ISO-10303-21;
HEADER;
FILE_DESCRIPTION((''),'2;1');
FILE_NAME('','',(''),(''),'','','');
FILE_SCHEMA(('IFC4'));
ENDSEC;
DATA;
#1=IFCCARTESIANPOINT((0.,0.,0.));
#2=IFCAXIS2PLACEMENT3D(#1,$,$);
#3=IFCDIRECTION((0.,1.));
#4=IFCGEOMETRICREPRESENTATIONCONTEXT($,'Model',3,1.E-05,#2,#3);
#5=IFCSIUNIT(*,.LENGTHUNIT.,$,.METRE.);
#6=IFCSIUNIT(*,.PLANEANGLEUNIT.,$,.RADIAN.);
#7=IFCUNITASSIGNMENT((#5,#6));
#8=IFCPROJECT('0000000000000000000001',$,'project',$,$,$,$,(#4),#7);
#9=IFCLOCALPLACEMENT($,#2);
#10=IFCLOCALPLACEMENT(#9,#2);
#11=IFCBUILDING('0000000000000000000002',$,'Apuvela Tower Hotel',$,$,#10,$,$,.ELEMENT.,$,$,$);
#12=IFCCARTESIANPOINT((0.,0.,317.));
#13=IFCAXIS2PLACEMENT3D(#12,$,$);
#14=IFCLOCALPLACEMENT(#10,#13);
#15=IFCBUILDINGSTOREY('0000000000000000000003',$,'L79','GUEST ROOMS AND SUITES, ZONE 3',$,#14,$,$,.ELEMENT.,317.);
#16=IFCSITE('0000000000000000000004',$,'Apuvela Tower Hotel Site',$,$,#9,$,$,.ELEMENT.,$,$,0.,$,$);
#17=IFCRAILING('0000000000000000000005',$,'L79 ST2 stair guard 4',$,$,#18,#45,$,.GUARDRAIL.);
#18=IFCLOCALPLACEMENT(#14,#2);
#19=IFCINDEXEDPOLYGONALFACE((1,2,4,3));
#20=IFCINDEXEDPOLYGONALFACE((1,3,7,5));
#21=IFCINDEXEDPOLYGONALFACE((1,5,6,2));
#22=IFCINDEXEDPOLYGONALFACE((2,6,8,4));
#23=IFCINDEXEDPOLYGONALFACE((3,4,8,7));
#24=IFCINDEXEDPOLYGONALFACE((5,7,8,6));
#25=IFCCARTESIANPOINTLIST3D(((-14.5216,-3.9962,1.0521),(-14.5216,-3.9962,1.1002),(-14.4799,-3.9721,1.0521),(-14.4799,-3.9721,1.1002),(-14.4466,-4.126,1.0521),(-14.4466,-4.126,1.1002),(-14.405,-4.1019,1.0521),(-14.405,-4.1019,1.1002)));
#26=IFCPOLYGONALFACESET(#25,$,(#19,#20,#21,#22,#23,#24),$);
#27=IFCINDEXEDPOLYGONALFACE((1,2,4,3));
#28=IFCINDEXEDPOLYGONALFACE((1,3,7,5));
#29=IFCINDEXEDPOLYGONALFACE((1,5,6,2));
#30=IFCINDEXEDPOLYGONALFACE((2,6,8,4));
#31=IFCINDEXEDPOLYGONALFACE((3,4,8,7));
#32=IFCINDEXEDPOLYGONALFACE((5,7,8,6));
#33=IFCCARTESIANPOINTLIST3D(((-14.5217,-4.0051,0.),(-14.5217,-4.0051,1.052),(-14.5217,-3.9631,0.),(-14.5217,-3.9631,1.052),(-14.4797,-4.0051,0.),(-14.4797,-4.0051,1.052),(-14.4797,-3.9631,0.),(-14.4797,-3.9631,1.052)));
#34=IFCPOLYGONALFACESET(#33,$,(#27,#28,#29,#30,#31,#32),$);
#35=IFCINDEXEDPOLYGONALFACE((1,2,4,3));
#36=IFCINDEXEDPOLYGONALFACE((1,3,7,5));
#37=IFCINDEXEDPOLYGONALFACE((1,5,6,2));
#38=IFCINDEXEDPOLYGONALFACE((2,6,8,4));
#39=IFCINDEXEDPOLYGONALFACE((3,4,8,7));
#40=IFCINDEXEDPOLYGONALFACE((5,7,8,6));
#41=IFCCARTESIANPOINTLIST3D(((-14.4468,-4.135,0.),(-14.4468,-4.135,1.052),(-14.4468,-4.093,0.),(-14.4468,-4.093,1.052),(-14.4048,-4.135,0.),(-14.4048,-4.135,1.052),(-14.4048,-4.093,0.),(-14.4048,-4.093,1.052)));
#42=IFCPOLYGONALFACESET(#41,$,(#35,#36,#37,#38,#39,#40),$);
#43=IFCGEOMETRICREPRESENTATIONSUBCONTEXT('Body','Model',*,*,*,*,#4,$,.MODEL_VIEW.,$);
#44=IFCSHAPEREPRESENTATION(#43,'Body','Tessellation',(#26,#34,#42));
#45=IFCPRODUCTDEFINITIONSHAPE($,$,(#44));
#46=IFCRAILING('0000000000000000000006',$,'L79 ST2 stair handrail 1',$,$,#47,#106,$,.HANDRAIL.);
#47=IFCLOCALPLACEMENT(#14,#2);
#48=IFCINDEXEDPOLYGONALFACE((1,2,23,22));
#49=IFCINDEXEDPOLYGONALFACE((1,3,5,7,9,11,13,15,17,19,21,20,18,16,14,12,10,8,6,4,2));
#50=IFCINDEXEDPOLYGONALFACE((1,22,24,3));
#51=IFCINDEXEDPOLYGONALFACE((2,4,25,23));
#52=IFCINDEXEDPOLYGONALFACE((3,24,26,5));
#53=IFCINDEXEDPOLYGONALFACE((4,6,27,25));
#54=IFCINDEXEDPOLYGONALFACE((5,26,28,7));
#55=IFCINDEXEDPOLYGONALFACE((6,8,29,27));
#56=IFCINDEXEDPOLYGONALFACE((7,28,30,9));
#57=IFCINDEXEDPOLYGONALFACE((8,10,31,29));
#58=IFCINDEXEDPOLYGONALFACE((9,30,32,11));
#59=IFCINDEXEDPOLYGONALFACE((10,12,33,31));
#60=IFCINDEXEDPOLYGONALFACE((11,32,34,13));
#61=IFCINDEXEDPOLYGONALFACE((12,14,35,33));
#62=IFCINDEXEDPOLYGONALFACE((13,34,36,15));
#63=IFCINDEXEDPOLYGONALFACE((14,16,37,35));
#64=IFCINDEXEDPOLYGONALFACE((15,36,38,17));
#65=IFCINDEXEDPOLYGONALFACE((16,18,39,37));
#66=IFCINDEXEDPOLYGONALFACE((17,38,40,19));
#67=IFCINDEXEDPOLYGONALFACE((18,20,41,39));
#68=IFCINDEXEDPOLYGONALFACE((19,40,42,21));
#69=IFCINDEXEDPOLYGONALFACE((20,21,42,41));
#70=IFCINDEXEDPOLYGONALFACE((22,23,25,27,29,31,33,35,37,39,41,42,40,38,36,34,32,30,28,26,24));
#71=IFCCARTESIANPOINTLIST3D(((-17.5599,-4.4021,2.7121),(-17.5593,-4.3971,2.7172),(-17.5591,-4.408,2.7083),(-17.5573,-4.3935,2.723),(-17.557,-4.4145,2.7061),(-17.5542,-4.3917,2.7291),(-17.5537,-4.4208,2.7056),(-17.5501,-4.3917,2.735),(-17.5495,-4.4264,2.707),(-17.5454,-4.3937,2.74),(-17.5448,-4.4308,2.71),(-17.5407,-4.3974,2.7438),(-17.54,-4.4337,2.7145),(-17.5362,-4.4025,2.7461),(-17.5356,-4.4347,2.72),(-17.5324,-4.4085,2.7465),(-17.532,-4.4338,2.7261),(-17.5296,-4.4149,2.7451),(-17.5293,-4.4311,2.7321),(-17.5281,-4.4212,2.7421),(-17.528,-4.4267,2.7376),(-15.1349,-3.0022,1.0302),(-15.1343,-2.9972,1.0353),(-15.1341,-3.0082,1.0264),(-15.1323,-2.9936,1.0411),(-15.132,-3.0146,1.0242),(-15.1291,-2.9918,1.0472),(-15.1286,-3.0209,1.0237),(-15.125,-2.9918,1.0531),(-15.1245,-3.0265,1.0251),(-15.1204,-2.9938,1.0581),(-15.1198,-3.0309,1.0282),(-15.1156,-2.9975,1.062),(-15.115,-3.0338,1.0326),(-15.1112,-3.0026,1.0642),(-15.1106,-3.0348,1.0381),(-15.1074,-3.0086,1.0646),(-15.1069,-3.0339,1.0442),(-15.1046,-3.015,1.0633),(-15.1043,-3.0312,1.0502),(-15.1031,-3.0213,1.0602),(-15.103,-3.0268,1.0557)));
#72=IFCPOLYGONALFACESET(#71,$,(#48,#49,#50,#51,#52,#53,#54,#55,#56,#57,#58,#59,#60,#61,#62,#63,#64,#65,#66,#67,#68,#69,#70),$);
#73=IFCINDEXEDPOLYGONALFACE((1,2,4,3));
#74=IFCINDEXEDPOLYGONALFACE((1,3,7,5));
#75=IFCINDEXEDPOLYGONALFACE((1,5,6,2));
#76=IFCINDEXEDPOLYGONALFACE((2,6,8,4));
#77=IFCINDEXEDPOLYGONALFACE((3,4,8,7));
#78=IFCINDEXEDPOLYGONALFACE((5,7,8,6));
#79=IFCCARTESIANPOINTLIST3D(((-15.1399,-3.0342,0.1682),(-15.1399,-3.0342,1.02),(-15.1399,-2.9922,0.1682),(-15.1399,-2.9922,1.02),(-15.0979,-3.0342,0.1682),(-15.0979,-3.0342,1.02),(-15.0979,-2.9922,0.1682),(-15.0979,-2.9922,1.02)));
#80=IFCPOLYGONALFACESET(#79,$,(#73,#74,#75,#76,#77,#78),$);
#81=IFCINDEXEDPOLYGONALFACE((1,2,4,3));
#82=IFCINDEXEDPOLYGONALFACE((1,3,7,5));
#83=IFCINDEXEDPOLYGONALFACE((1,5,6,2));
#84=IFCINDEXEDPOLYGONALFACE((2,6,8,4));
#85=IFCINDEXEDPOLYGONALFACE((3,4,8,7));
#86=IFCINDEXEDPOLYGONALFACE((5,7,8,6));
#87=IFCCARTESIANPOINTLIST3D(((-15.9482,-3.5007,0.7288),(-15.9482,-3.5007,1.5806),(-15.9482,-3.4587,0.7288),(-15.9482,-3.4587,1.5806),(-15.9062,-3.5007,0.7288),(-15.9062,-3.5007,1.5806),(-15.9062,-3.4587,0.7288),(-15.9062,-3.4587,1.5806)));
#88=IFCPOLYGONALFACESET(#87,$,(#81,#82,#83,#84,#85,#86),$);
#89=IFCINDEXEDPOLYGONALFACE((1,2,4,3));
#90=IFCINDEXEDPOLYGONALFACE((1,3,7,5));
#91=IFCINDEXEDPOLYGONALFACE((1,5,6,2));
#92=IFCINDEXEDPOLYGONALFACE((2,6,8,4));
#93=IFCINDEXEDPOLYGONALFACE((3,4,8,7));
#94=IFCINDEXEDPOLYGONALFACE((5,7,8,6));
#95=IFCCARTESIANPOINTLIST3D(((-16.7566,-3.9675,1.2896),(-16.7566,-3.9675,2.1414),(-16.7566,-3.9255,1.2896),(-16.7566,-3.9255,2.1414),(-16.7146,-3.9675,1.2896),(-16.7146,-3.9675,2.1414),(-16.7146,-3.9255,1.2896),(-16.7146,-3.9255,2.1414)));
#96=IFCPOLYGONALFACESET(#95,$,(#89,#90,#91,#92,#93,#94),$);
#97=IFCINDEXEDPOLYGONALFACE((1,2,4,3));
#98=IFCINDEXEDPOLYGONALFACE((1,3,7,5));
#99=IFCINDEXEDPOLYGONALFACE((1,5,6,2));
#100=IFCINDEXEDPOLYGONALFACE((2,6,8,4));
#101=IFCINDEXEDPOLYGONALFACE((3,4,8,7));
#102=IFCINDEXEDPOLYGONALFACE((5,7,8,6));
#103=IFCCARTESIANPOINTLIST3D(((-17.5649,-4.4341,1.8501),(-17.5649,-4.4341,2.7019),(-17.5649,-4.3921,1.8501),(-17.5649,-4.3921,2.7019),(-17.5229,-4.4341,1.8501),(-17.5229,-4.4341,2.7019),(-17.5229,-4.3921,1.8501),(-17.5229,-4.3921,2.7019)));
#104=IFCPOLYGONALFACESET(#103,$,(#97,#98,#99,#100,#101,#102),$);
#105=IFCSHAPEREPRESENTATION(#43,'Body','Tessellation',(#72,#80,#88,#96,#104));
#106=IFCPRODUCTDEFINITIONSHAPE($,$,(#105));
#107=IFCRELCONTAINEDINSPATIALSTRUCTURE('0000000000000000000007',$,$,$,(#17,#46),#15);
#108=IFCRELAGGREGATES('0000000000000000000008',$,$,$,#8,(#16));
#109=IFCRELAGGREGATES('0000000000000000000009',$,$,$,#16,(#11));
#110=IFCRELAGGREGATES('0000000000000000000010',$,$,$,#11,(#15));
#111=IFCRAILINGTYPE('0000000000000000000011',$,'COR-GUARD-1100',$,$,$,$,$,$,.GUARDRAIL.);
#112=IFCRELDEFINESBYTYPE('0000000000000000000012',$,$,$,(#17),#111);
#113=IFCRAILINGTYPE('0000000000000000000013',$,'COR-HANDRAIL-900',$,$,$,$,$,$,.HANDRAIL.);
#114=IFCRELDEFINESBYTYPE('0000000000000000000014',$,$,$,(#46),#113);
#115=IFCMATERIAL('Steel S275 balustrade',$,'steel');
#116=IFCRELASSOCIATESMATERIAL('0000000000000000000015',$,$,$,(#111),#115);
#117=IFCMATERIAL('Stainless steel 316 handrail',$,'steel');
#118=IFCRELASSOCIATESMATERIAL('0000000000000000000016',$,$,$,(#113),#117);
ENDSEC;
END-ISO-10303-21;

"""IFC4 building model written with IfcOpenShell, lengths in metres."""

from ifc_helpers import new_model, si_unit, direction, frame, origin, origin_2d, place, context, subcontext, project, spatial, rectangle, circle, extrude, material, type_object, element, save


model = new_model("IFC4")

# Units and contexts
model_context = context("Model", 3, precision=1e-05, world=origin(), true_north=direction((0.0, 1.0)))
body_context = subcontext(model_context, "Body", "Model", "MODEL_VIEW")
ifc_project = project(units=[si_unit("LENGTHUNIT", "METRE"), si_unit("PLANEANGLEUNIT", "RADIAN")], contexts=[model_context])

# Site, building, storey
site_placement = place(None, origin())
site = spatial("IfcSite", under=ifc_project, at=site_placement, Name="Apuvela Tower Hotel Site", CompositionType="ELEMENT", RefElevation=0.0)
building_placement = place(site_placement, origin())
building = spatial("IfcBuilding", under=site, at=building_placement, Name="Apuvela Tower Hotel", CompositionType="ELEMENT")
storey_placement = place(building_placement, frame((0.0, 0.0, 317.0)))
storey = spatial("IfcBuildingStorey", under=building, at=storey_placement, Name="L79", Description="GUEST ROOMS AND SUITES, ZONE 3", CompositionType="ELEMENT", Elevation=317.0)

# Railings
ifc_material_1 = material(Name="Steel S275 balustrade", Category="steel")
railing_type_1 = type_object("IfcRailingType", Name="COR-GUARD-1100", PredefinedType="GUARDRAIL", material=ifc_material_1)
railing_1_placement = place(storey_placement, frame((-14.5007, -3.9841, 0.0)))
element("IfcRailing", 1, at=railing_1_placement, inside=storey, type_object=railing_type_1, Name="L79 ST2 stair guard 4", PredefinedType="GUARDRAIL", context=body_context, shape_type="SweptSolid", body=[
    extrude(rectangle(XDim=0.0481, YDim=0.0481, at=origin_2d()), frame((0.0, 0.0, 1.0762), z_axis=(0.499816, -0.866131, 0.0), x_axis=(0.866131, 0.499816, 0.0)), (0.0, 0.0, 1.0), 0.1499),
    extrude(rectangle(XDim=0.042, YDim=0.042, at=origin_2d()), origin(), (0.0, 0.0, 1.0), 1.052),
    extrude(rectangle(XDim=0.042, YDim=0.042, at=origin_2d()), frame((0.075, -0.1299, 0.0)), (0.0, 0.0, 1.0), 1.052),
])
ifc_material_2 = material(Name="Stainless steel 316 handrail", Category="steel")
railing_type_2 = type_object("IfcRailingType", Name="COR-HANDRAIL-900", PredefinedType="HANDRAIL", material=ifc_material_2)
railing_2_placement = place(storey_placement, frame((-15.1189, -3.0132, 0.1682)))
element("IfcRailing", 2, at=railing_2_placement, inside=storey, type_object=railing_type_2, Name="L79 ST2 stair handrail 1", PredefinedType="HANDRAIL", context=body_context, shape_type="SweptSolid", body=[
    extrude(circle(Radius=0.0239, at=origin_2d()), frame((0.0, 0.0, 0.876), z_axis=(-0.742424, -0.428577, 0.514906), x_axis=(0.499946, -0.866056, 0.0)), (0.0, 0.0, 1.0), 3.2664),
    extrude(rectangle(XDim=0.042, YDim=0.042, at=origin_2d()), origin(), (0.0, 0.0, 1.0), 0.8518),
    extrude(rectangle(XDim=0.042, YDim=0.042, at=origin_2d()), frame((-0.8083, -0.4666, 0.5605)), (0.0, 0.0, 1.0), 0.8518),
    extrude(rectangle(XDim=0.042, YDim=0.042, at=origin_2d()), frame((-1.6167, -0.9333, 1.1213)), (0.0, 0.0, 1.0), 0.8518),
    extrude(rectangle(XDim=0.042, YDim=0.042, at=origin_2d()), frame((-2.425, -1.3999, 1.6819)), (0.0, 0.0, 1.0), 0.8518),
])

save(model, "model.ifc")
